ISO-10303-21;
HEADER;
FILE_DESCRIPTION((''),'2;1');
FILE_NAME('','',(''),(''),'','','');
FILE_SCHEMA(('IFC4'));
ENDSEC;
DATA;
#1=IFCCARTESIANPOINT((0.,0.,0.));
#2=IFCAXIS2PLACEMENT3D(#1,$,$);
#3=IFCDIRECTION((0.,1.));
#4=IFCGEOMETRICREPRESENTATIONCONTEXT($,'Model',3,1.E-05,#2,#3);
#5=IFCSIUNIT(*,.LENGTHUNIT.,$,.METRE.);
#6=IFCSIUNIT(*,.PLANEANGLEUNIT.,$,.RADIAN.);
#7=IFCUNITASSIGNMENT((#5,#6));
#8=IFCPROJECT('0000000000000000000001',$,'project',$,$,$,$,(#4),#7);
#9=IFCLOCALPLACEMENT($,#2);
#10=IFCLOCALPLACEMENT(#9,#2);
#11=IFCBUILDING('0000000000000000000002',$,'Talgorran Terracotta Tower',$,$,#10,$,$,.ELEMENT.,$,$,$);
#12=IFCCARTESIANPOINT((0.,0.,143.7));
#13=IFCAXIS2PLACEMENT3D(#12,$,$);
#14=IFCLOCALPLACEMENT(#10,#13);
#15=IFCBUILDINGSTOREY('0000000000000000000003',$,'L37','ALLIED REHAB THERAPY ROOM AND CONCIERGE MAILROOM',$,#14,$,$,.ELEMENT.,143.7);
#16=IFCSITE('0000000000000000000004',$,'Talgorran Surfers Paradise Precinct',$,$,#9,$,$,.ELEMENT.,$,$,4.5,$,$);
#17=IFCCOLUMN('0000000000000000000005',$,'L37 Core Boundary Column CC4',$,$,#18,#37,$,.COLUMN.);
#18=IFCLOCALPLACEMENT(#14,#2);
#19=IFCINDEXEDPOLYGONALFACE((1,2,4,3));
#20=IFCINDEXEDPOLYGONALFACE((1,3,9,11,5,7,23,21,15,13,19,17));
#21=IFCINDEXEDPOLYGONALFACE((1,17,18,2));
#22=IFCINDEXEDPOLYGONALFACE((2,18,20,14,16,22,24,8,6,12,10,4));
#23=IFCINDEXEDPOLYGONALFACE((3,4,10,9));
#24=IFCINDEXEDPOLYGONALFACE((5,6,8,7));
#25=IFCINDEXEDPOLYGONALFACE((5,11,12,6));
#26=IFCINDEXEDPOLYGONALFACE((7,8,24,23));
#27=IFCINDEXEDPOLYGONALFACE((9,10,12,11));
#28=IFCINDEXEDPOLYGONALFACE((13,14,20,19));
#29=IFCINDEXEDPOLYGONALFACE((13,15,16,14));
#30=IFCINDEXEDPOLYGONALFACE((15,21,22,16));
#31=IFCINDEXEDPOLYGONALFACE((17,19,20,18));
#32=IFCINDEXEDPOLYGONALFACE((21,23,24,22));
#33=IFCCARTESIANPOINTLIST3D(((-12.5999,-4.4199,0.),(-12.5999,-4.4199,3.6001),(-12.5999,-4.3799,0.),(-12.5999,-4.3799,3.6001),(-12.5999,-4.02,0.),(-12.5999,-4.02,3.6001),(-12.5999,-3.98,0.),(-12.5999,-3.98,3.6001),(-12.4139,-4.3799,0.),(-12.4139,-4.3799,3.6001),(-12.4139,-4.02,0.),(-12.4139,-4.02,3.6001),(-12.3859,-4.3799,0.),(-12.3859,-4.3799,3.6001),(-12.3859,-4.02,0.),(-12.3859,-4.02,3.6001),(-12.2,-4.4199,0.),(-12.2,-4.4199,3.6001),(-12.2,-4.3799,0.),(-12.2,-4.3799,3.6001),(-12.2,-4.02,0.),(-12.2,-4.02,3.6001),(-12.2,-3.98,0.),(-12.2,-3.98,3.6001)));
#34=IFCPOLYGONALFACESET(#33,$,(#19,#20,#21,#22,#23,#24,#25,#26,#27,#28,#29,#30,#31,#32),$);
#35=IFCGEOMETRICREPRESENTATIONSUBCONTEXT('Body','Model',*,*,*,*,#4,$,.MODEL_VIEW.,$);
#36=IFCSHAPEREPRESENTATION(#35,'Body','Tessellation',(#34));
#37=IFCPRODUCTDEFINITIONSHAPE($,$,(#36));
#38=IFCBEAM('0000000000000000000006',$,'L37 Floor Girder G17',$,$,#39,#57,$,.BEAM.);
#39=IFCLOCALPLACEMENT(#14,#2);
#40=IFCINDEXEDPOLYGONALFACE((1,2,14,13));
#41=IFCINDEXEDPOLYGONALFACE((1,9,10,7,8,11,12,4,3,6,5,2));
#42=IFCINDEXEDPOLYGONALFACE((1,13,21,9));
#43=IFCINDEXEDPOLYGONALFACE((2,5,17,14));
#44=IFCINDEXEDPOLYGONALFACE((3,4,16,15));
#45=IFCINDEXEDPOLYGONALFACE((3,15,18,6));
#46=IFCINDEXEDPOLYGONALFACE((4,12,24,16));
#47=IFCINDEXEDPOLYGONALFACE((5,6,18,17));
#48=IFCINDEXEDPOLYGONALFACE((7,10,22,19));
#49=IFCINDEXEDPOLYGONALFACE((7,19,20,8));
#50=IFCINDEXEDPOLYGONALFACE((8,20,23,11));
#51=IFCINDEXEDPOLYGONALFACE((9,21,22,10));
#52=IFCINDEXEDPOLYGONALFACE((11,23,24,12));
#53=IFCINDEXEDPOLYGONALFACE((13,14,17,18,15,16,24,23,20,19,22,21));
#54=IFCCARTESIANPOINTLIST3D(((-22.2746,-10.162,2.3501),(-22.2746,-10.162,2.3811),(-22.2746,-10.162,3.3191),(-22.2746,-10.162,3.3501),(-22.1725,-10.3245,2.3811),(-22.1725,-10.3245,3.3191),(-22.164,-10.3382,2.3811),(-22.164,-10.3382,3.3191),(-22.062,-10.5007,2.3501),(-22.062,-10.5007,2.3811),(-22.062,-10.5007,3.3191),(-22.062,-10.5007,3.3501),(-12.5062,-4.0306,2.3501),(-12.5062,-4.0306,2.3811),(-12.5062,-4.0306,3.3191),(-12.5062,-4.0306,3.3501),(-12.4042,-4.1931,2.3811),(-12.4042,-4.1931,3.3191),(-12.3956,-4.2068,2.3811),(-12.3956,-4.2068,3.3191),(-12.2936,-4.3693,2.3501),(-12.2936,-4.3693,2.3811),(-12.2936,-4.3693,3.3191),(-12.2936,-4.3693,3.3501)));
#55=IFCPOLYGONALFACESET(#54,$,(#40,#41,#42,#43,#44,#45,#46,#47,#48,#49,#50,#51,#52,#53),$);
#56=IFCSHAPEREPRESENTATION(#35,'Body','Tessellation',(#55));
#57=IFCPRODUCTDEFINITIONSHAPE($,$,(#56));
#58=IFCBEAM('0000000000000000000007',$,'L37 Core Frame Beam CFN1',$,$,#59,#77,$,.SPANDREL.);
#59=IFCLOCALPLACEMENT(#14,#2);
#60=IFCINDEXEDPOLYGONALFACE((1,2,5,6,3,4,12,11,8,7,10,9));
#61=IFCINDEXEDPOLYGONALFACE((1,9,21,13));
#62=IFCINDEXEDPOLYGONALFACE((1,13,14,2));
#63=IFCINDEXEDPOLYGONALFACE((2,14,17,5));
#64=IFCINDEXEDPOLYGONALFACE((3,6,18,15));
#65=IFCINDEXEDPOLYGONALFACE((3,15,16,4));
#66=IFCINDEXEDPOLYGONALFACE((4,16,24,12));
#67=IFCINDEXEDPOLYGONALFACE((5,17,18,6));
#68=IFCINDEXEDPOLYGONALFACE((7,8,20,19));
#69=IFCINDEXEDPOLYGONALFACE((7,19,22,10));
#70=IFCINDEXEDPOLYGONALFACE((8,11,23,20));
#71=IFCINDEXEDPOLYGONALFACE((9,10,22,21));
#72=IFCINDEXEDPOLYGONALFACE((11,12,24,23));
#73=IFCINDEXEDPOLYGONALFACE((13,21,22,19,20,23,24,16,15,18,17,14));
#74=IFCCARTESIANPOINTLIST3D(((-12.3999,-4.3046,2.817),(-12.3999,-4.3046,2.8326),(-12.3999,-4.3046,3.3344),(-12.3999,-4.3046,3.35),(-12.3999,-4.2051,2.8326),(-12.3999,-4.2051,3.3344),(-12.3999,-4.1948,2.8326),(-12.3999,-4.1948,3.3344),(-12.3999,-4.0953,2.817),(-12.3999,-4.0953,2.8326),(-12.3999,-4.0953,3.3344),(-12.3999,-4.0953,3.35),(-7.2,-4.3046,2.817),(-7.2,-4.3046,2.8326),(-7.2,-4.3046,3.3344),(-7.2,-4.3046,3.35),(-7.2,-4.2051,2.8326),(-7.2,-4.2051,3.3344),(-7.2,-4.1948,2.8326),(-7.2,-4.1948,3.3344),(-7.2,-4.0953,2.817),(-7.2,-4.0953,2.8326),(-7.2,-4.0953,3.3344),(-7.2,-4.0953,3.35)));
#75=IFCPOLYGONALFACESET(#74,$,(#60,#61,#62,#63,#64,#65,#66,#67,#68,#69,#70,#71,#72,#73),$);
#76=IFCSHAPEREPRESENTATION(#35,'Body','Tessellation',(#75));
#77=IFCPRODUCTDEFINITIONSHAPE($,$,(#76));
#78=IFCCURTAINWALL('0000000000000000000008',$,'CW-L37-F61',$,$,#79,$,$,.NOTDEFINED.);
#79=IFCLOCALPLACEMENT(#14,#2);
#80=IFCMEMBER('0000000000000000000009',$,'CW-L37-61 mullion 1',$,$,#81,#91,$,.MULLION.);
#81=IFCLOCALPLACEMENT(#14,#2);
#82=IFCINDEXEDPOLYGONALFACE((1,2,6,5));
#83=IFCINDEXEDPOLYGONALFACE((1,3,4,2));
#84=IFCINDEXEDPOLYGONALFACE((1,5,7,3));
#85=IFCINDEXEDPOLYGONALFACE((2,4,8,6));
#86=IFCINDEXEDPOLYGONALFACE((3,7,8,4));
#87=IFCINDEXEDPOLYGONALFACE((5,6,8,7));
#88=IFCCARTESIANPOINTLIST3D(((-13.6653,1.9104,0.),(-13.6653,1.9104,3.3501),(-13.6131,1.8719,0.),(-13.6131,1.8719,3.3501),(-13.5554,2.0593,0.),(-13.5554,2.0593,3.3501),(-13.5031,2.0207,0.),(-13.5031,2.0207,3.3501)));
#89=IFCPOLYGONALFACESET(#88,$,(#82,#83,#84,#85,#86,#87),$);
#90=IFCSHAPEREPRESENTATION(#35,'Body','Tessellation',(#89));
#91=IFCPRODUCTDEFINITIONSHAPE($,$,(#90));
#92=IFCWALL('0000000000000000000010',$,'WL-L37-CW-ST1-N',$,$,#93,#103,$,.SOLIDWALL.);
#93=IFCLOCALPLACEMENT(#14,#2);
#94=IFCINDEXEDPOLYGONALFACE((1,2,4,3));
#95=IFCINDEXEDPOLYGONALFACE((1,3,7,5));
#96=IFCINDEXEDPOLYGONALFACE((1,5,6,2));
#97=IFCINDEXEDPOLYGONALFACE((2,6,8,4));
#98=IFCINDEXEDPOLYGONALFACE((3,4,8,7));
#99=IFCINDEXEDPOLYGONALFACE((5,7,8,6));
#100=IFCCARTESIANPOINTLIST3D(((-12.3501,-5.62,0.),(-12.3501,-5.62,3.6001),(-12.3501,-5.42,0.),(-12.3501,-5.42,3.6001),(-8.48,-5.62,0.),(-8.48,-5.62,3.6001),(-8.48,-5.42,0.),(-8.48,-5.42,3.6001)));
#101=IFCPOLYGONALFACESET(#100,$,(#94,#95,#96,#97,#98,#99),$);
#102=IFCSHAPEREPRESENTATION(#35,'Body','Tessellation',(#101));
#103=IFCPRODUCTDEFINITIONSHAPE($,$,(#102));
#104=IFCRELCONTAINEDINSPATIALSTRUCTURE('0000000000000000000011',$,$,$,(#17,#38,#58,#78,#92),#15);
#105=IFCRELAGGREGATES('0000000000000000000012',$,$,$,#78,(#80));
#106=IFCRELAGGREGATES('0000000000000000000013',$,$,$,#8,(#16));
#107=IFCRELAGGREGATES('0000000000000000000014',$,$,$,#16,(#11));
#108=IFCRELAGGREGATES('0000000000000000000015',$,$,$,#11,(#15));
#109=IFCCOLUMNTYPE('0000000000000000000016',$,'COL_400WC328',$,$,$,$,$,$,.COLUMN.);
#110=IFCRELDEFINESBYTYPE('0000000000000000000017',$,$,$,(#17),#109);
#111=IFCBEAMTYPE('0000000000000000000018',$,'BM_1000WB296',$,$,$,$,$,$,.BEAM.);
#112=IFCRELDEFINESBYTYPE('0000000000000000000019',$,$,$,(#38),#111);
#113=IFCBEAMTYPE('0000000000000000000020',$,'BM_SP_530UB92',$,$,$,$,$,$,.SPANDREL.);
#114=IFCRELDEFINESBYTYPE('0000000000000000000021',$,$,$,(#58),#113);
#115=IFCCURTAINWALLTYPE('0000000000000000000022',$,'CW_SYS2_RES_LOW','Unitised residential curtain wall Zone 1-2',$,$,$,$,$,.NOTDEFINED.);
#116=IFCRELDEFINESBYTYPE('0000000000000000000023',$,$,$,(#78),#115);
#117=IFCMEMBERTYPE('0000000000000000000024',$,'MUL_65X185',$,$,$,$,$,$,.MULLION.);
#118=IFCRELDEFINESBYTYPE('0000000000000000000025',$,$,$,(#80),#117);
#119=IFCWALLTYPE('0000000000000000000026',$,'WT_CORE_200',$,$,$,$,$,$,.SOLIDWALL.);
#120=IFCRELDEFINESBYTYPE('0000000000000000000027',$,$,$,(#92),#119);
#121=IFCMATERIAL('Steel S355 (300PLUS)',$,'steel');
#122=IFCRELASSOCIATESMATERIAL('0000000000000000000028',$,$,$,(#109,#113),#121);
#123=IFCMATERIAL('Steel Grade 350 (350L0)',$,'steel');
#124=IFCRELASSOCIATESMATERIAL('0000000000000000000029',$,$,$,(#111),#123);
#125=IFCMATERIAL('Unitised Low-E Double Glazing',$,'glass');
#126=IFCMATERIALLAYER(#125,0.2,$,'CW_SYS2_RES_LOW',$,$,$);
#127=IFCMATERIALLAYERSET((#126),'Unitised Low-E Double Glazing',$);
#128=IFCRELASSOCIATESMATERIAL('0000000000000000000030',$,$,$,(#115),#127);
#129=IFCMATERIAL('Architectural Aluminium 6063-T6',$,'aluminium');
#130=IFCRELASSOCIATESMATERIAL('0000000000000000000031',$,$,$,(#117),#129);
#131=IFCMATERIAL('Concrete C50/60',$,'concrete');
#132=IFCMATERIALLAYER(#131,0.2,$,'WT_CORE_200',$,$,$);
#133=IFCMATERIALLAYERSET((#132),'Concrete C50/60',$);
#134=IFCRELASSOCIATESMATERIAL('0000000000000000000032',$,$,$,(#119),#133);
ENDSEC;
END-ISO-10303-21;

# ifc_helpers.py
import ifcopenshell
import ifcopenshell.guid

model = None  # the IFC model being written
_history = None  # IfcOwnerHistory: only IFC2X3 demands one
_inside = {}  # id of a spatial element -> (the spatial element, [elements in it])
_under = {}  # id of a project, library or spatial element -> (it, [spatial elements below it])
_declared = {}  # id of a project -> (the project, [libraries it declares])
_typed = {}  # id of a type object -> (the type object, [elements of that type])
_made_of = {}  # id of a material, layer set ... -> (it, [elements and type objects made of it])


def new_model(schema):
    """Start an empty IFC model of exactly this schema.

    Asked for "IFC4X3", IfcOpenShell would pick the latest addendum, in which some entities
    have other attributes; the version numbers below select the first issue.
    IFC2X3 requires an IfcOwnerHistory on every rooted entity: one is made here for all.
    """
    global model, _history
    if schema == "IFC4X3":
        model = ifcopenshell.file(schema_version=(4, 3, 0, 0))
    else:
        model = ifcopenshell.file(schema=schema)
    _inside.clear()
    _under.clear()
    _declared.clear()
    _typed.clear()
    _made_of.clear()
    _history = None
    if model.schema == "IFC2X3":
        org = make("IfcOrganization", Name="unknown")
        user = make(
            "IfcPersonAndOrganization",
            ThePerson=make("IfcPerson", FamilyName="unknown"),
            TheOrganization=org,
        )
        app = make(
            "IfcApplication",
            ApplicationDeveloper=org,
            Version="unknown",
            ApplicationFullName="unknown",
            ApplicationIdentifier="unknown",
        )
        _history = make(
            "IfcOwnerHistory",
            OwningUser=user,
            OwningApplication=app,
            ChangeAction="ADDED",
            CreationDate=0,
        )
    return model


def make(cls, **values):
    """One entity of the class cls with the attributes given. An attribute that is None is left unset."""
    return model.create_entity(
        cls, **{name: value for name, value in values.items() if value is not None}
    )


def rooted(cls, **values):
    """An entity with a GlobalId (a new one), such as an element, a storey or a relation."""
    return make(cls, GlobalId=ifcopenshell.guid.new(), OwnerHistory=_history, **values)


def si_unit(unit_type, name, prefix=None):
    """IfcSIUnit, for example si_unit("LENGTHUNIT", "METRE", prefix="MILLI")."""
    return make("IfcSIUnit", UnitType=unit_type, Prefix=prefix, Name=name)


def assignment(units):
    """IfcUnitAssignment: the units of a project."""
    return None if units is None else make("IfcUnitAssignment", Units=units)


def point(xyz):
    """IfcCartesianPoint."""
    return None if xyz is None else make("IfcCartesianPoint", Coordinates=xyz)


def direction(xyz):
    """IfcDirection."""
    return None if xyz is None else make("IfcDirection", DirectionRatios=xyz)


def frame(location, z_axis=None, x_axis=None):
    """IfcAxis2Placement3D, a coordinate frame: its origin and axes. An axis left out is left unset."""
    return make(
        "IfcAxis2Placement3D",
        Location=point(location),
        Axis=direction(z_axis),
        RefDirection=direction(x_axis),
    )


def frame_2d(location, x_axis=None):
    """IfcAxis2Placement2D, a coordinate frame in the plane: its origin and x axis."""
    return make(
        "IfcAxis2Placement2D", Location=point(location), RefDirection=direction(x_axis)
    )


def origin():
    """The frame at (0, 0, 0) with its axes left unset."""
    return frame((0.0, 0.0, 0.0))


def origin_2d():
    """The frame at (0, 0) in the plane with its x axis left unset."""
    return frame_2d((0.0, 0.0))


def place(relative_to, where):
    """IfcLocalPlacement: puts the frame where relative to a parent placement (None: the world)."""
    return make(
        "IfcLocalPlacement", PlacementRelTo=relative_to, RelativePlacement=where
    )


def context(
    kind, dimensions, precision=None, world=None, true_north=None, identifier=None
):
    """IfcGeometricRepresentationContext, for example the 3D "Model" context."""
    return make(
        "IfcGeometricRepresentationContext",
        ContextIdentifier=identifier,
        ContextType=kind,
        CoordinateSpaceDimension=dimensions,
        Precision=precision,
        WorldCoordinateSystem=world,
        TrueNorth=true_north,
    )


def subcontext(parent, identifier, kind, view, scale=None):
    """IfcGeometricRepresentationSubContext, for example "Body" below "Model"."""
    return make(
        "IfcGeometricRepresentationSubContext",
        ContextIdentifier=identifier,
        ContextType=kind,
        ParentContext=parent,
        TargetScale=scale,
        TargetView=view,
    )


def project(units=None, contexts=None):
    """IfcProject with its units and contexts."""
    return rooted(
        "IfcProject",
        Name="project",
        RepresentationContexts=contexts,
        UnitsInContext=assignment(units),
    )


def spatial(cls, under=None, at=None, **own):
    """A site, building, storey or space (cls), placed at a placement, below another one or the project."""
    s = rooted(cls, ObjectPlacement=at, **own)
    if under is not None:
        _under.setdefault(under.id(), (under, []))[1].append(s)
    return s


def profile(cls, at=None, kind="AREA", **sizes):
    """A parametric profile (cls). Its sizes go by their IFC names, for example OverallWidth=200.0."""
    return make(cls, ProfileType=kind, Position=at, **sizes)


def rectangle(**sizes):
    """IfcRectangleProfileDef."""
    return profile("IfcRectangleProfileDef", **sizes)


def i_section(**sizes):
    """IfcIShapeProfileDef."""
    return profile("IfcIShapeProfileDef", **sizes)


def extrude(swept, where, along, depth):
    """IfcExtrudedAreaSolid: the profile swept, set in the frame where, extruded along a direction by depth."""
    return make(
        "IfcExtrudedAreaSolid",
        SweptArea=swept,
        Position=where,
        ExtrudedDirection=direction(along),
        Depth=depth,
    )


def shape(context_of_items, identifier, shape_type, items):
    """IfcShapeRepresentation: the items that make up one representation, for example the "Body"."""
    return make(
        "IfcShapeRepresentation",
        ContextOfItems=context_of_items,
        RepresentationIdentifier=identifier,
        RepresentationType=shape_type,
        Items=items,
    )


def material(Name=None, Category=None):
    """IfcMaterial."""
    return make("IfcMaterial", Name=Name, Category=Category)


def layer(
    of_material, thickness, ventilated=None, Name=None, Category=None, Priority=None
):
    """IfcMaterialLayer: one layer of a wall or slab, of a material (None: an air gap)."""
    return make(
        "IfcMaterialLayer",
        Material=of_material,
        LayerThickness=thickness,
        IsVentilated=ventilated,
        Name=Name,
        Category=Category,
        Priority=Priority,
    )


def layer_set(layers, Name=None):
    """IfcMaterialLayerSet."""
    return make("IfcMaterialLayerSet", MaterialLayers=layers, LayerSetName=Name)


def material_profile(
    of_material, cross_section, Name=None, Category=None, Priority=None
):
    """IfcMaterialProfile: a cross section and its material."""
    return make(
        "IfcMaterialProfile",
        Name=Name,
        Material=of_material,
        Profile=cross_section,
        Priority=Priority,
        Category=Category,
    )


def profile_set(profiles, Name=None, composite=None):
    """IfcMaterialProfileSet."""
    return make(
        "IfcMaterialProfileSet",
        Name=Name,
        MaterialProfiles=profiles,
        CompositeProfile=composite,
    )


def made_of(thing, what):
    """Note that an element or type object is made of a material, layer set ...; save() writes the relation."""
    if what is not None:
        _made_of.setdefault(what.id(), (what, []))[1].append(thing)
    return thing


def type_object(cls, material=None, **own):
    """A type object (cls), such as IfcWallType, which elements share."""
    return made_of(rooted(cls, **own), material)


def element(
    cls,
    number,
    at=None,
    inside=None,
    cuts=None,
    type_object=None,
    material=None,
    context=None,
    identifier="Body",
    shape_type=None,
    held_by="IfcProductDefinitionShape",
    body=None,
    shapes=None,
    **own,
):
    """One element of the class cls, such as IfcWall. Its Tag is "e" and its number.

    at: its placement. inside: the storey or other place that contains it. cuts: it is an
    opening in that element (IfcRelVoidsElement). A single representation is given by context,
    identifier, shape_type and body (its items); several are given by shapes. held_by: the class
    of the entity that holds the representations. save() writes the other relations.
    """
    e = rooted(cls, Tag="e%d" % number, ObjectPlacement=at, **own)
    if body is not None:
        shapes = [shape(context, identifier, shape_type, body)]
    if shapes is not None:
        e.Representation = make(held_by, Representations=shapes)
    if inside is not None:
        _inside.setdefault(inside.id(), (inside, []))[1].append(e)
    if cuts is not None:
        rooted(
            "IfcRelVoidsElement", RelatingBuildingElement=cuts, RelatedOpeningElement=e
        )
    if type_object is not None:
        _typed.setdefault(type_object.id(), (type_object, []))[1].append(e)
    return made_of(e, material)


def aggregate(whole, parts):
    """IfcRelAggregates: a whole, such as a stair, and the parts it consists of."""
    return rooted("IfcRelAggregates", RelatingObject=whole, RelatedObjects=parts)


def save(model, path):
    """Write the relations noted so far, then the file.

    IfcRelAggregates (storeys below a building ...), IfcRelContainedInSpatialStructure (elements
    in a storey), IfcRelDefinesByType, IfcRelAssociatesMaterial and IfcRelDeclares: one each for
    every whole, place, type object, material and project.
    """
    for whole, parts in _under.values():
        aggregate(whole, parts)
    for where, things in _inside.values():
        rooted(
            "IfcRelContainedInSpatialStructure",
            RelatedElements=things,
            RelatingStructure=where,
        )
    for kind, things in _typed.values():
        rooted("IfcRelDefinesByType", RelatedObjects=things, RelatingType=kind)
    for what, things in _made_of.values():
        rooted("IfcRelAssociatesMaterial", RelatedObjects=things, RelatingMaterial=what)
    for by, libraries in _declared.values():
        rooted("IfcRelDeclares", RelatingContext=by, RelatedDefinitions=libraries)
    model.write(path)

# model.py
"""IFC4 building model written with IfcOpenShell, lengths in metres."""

from ifc_helpers import new_model, si_unit, direction, frame, frame_2d, origin, origin_2d, place, context, subcontext, project, spatial, rectangle, i_section, extrude, material, layer, layer_set, material_profile, profile_set, type_object, element, aggregate, save


model = new_model("IFC4")

# Units and contexts
model_context = context("Model", 3, precision=1e-05, world=origin(), true_north=direction((0.0, 1.0)))
body_context = subcontext(model_context, "Body", "Model", "MODEL_VIEW")
ifc_project = project(units=[si_unit("LENGTHUNIT", "METRE"), si_unit("PLANEANGLEUNIT", "RADIAN")], contexts=[model_context])

# Site, building, storey
site_placement = place(None, origin())
site = spatial("IfcSite", under=ifc_project, at=site_placement, Name="Talgorran Surfers Paradise Precinct", CompositionType="ELEMENT", RefElevation=4.5)
building_placement = place(site_placement, origin())
building = spatial("IfcBuilding", under=site, at=building_placement, Name="Talgorran Terracotta Tower", CompositionType="ELEMENT")
storey_placement = place(building_placement, frame((0.0, 0.0, 143.7)))
storey = spatial("IfcBuildingStorey", under=building, at=storey_placement, Name="L37", Description="ALLIED REHAB THERAPY ROOM AND CONCIERGE MAILROOM", CompositionType="ELEMENT", Elevation=143.7)

# Column
ifc_material_1 = material(Name="Steel S355 (300PLUS)", Category="steel")
ifc_material_profile_1 = material_profile(ifc_material_1, i_section(OverallWidth=0.3999, OverallDepth=0.4399, WebThickness=0.0281, FlangeThickness=0.04, at=origin_2d()), Name="400WC328")
ifc_profile_set_1 = profile_set([ifc_material_profile_1], Name="Steel S355 (300PLUS)")
column_type = type_object("IfcColumnType", Name="COL_400WC328", PredefinedType="COLUMN", material=ifc_profile_set_1)
column_placement = place(storey_placement, frame((-12.3999, -4.2, 0.0), z_axis=(0.0, 0.0, 1.0), x_axis=(1.0, 0.0, 0.0)))
element("IfcColumn", 1, at=column_placement, inside=storey, type_object=column_type, Name="L37 Core Boundary Column CC4", PredefinedType="COLUMN", context=body_context, shape_type="SweptSolid", body=[
    extrude(i_section(OverallWidth=0.3999, OverallDepth=0.4399, WebThickness=0.0281, FlangeThickness=0.04, at=origin_2d()), origin(), (0.0, 0.0, 1.0), 3.6001),
])

# Beams
ifc_material_2 = material(Name="Steel Grade 350 (350L0)", Category="steel")
ifc_material_profile_2 = material_profile(ifc_material_2, i_section(OverallWidth=0.3999, OverallDepth=1.0, WebThickness=0.0161, FlangeThickness=0.031, at=origin_2d()), Name="1000WB296")
ifc_profile_set_2 = profile_set([ifc_material_profile_2], Name="Steel Grade 350 (350L0)")
beam_type_1 = type_object("IfcBeamType", Name="BM_1000WB296", PredefinedType="BEAM", material=ifc_profile_set_2)
beam_1_placement = place(storey_placement, frame((-12.3999, -4.2, 2.8501), z_axis=(-0.846978, -0.531629, 0.0), x_axis=(0.531629, -0.846978, 0.0)))
element("IfcBeam", 2, at=beam_1_placement, inside=storey, type_object=beam_type_1, Name="L37 Floor Girder G17", PredefinedType="BEAM", context=body_context, shape_type="SweptSolid", body=[
    extrude(i_section(OverallWidth=0.3999, OverallDepth=1.0, WebThickness=0.0161, FlangeThickness=0.031, at=origin_2d()), origin(), (0.0, 0.0, 1.0), 11.5332),
])
ifc_material_profile_3 = material_profile(ifc_material_1, i_section(OverallWidth=0.2092, OverallDepth=0.533, WebThickness=0.0103, FlangeThickness=0.0156, at=origin_2d()), Name="530UB92.4")
ifc_profile_set_3 = profile_set([ifc_material_profile_3], Name="Steel S355 (300PLUS)")
beam_type_2 = type_object("IfcBeamType", Name="BM_SP_530UB92", PredefinedType="SPANDREL", material=ifc_profile_set_3)
beam_2_placement = place(storey_placement, frame((-12.3999, -4.2, 3.0835), z_axis=(1.0, 0.0, 0.0), x_axis=(0.0, 1.0, 0.0)))
element("IfcBeam", 3, at=beam_2_placement, inside=storey, type_object=beam_type_2, Name="L37 Core Frame Beam CFN1", PredefinedType="SPANDREL", context=body_context, shape_type="SweptSolid", body=[
    extrude(i_section(OverallWidth=0.2092, OverallDepth=0.533, WebThickness=0.0103, FlangeThickness=0.0156, at=origin_2d()), origin(), (0.0, 0.0, 1.0), 5.2),
])

# Curtain wall, member
ifc_material_3 = material(Name="Unitised Low-E Double Glazing", Category="glass")
ifc_layer_1 = layer(ifc_material_3, 0.2, Name="CW_SYS2_RES_LOW")
ifc_layer_set_1 = layer_set([ifc_layer_1], Name="Unitised Low-E Double Glazing")
curtain_wall_type = type_object("IfcCurtainWallType", Name="CW_SYS2_RES_LOW", Description="Unitised residential curtain wall Zone 1-2", PredefinedType="NOTDEFINED", material=ifc_layer_set_1)
curtain_wall_placement = place(storey_placement, origin())
curtain_wall = element("IfcCurtainWall", 4, at=curtain_wall_placement, inside=storey, type_object=curtain_wall_type, Name="CW-L37-F61", PredefinedType="NOTDEFINED")
ifc_material_4 = material(Name="Architectural Aluminium 6063-T6", Category="aluminium")
ifc_material_profile_4 = material_profile(ifc_material_4, rectangle(XDim=0.0649, YDim=0.1851, at=origin_2d()), Name="CWM65X185")
ifc_profile_set_4 = profile_set([ifc_material_profile_4], Name="Architectural Aluminium 6063-T6")
member_type = type_object("IfcMemberType", Name="MUL_65X185", PredefinedType="MULLION", material=ifc_profile_set_4)
member_placement = place(storey_placement, frame((-13.5842, 1.9656, 0.0), z_axis=(0.0, 0.0, 1.0), x_axis=(0.80441, -0.594074, 0.0)))
member = element("IfcMember", 5, at=member_placement, type_object=member_type, Name="CW-L37-61 mullion 1", PredefinedType="MULLION", context=body_context, shape_type="SweptSolid", body=[
    extrude(rectangle(XDim=0.0649, YDim=0.1851, at=origin_2d()), origin(), (0.0, 0.0, 1.0), 3.3501),
])
aggregate(curtain_wall, [member])

# Wall
ifc_material_5 = material(Name="Concrete C50/60", Category="concrete")
ifc_layer_2 = layer(ifc_material_5, 0.2, Name="WT_CORE_200")
ifc_layer_set_2 = layer_set([ifc_layer_2], Name="Concrete C50/60")
wall_type_1 = type_object("IfcWallType", Name="WT_CORE_200", PredefinedType="SOLIDWALL", material=ifc_layer_set_2)
wall_1_placement = place(storey_placement, frame((-12.3501, -5.52, 0.0), z_axis=(0.0, 0.0, 1.0), x_axis=(1.0, 0.0, 0.0)))
element("IfcWall", 6, at=wall_1_placement, inside=storey, type_object=wall_type_1, Name="WL-L37-CW-ST1-N", PredefinedType="SOLIDWALL", context=body_context, shape_type="SweptSolid", body=[
    extrude(rectangle(XDim=3.8701, YDim=0.2, at=frame_2d((1.9351, 0.0))), origin(), (0.0, 0.0, 1.0), 3.6001),
])

save(model, "model.ifc")
